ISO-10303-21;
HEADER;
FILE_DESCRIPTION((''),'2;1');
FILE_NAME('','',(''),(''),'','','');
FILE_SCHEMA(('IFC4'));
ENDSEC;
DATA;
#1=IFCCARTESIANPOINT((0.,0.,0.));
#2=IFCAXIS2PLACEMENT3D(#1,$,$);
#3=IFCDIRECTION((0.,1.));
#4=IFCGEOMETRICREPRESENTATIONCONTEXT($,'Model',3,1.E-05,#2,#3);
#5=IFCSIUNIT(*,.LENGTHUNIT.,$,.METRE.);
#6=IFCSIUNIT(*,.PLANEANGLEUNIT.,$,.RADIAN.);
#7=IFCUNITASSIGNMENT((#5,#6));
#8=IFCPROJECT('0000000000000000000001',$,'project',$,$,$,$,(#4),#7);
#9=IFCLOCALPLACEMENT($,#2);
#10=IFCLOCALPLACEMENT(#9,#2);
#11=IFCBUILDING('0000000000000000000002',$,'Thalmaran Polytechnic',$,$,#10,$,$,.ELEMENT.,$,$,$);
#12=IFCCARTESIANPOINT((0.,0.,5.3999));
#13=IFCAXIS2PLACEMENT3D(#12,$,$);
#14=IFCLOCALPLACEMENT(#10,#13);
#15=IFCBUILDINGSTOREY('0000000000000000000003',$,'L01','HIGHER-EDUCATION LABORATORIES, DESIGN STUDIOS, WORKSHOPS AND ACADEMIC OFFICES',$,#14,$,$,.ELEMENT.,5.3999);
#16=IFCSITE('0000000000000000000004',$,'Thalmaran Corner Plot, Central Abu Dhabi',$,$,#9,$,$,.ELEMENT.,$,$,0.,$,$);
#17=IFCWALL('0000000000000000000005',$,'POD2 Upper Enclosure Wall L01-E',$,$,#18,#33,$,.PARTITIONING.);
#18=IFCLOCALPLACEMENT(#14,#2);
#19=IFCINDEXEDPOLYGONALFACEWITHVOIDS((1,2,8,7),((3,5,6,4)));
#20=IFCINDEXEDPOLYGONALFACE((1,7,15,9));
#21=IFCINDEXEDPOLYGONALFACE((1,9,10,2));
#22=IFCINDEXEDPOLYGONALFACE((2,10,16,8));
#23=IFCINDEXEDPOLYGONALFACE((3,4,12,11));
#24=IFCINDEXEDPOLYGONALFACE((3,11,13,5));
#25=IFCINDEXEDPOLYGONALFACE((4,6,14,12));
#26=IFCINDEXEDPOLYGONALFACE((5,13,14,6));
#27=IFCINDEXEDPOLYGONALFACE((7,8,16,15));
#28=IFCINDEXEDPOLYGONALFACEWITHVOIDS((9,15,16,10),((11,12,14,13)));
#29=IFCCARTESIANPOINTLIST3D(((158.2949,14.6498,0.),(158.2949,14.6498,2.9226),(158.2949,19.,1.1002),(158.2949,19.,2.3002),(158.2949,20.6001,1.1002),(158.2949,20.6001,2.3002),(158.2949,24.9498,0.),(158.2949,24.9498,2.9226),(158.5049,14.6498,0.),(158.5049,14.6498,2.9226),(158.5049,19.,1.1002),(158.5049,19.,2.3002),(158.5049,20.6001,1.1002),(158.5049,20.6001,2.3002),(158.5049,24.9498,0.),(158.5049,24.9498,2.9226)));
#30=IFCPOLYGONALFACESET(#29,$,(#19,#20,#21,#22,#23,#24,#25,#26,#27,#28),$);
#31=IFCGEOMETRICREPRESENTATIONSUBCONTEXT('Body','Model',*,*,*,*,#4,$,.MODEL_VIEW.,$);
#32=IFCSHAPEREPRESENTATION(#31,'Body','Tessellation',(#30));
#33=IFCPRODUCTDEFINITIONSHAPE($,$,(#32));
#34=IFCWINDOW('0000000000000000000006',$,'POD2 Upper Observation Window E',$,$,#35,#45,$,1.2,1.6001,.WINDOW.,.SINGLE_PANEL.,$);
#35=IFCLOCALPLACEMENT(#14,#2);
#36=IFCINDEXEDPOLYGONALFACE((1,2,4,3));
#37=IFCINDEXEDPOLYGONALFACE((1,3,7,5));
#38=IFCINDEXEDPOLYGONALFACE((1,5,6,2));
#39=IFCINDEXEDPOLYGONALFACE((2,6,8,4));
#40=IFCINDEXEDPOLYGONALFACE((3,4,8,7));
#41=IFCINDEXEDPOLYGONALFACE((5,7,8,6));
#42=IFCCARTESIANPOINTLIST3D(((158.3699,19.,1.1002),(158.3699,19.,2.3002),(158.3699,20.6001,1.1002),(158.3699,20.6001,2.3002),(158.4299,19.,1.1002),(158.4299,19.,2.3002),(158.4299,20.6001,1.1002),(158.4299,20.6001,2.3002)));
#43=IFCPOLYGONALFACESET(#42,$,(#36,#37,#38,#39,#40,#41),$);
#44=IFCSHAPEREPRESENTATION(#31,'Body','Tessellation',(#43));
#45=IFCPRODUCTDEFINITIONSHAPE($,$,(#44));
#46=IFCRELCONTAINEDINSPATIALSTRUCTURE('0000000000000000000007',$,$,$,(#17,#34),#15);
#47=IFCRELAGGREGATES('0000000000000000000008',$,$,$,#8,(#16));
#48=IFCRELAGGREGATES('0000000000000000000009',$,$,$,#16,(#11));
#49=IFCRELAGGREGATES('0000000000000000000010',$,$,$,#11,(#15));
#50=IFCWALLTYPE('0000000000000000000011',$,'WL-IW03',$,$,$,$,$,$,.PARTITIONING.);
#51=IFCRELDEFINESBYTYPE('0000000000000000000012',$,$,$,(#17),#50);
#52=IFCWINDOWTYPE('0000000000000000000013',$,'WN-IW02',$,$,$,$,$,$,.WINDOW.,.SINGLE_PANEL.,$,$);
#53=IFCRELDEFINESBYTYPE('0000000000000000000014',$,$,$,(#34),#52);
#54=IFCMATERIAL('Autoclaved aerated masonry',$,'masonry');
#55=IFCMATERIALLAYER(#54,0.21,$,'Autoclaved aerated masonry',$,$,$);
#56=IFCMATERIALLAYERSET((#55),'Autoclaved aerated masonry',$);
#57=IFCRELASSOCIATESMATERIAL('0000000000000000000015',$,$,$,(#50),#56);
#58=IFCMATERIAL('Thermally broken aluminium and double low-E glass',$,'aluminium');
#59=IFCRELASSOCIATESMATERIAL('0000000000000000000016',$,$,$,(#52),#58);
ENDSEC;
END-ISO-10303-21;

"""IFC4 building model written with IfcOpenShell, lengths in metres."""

from ifc_helpers import new_model, si_unit, direction, frame, frame_2d, origin, place, context, subcontext, project, spatial, rectangle, extrude, material, layer, layer_set, type_object, element, fill, save


model = new_model("IFC4")

# Units and contexts
model_context = context("Model", 3, precision=1e-05, world=origin(), true_north=direction((0.0, 1.0)))
body_context = subcontext(model_context, "Body", "Model", "MODEL_VIEW")
ifc_project = project(units=[si_unit("LENGTHUNIT", "METRE"), si_unit("PLANEANGLEUNIT", "RADIAN")], contexts=[model_context])

# Site, building, storey
site_placement = place(None, origin())
site = spatial("IfcSite", under=ifc_project, at=site_placement, Name="Thalmaran Corner Plot, Central Abu Dhabi", CompositionType="ELEMENT", RefElevation=0.0)
building_placement = place(site_placement, origin())
building = spatial("IfcBuilding", under=site, at=building_placement, Name="Thalmaran Polytechnic", CompositionType="ELEMENT")
storey_placement = place(building_placement, frame((0.0, 0.0, 5.3999)))
storey = spatial("IfcBuildingStorey", under=building, at=storey_placement, Name="L01", Description="HIGHER-EDUCATION LABORATORIES, DESIGN STUDIOS, WORKSHOPS AND ACADEMIC OFFICES", CompositionType="ELEMENT", Elevation=5.3999)

# Wall, opening, window
ifc_material_1 = material(Name="Autoclaved aerated masonry", Category="masonry")
ifc_layer_1 = layer(ifc_material_1, 0.21, Name="Autoclaved aerated masonry")
ifc_layer_set_1 = layer_set([ifc_layer_1], Name="Autoclaved aerated masonry")
wall_type_1 = type_object("IfcWallType", Name="WL-IW03", PredefinedType="PARTITIONING", material=ifc_layer_set_1)
wall_1_placement = place(storey_placement, frame((158.3999, 14.6499, 0.0), z_axis=(0.0, 0.0, 1.0), x_axis=(0.0, 1.0, 0.0)))
wall_1 = element("IfcWall", 1, at=wall_1_placement, inside=storey, type_object=wall_type_1, Name="POD2 Upper Enclosure Wall L01-E", PredefinedType="PARTITIONING", context=body_context, shape_type="SweptSolid", body=[
    extrude(rectangle(XDim=10.3, YDim=0.21, at=frame_2d((5.1499, 0.0))), origin(), (0.0, 0.0, 1.0), 2.9226),
])
opening_placement = place(wall_1_placement, frame((4.3501, 0.0, 1.1001)))
opening = element("IfcOpeningElement", 2, at=opening_placement, cuts=wall_1, PredefinedType="OPENING", context=body_context, shape_type="SweptSolid", body=[
    extrude(rectangle(XDim=1.6001, YDim=1.2, at=frame_2d((0.8, 0.6001))), frame((0.0, 0.115, 0.0), z_axis=(0.0, -1.0, 0.0), x_axis=(1.0, 0.0, 0.0)), (0.0, 0.0, 1.0), 0.23),
])
ifc_material_2 = material(Name="Thermally broken aluminium and double low-E glass", Category="aluminium")
window_type = type_object("IfcWindowType", Name="WN-IW02", PartitioningType="SINGLE_PANEL", PredefinedType="WINDOW", material=ifc_material_2)
window_placement = place(opening_placement, origin())
window = element("IfcWindow", 3, at=window_placement, inside=storey, type_object=window_type, Name="POD2 Upper Observation Window E", OverallHeight=1.2, OverallWidth=1.6001, PartitioningType="SINGLE_PANEL", PredefinedType="WINDOW", context=body_context, shape_type="SweptSolid", body=[
    extrude(rectangle(XDim=1.6001, YDim=1.2, at=frame_2d((0.8, 0.6001))), frame((0.0, 0.03, 0.0), z_axis=(0.0, -1.0, 0.0), x_axis=(1.0, 0.0, 0.0)), (0.0, 0.0, 1.0), 0.0601),
])
fill(opening, window)

save(model, "model.ifc")
